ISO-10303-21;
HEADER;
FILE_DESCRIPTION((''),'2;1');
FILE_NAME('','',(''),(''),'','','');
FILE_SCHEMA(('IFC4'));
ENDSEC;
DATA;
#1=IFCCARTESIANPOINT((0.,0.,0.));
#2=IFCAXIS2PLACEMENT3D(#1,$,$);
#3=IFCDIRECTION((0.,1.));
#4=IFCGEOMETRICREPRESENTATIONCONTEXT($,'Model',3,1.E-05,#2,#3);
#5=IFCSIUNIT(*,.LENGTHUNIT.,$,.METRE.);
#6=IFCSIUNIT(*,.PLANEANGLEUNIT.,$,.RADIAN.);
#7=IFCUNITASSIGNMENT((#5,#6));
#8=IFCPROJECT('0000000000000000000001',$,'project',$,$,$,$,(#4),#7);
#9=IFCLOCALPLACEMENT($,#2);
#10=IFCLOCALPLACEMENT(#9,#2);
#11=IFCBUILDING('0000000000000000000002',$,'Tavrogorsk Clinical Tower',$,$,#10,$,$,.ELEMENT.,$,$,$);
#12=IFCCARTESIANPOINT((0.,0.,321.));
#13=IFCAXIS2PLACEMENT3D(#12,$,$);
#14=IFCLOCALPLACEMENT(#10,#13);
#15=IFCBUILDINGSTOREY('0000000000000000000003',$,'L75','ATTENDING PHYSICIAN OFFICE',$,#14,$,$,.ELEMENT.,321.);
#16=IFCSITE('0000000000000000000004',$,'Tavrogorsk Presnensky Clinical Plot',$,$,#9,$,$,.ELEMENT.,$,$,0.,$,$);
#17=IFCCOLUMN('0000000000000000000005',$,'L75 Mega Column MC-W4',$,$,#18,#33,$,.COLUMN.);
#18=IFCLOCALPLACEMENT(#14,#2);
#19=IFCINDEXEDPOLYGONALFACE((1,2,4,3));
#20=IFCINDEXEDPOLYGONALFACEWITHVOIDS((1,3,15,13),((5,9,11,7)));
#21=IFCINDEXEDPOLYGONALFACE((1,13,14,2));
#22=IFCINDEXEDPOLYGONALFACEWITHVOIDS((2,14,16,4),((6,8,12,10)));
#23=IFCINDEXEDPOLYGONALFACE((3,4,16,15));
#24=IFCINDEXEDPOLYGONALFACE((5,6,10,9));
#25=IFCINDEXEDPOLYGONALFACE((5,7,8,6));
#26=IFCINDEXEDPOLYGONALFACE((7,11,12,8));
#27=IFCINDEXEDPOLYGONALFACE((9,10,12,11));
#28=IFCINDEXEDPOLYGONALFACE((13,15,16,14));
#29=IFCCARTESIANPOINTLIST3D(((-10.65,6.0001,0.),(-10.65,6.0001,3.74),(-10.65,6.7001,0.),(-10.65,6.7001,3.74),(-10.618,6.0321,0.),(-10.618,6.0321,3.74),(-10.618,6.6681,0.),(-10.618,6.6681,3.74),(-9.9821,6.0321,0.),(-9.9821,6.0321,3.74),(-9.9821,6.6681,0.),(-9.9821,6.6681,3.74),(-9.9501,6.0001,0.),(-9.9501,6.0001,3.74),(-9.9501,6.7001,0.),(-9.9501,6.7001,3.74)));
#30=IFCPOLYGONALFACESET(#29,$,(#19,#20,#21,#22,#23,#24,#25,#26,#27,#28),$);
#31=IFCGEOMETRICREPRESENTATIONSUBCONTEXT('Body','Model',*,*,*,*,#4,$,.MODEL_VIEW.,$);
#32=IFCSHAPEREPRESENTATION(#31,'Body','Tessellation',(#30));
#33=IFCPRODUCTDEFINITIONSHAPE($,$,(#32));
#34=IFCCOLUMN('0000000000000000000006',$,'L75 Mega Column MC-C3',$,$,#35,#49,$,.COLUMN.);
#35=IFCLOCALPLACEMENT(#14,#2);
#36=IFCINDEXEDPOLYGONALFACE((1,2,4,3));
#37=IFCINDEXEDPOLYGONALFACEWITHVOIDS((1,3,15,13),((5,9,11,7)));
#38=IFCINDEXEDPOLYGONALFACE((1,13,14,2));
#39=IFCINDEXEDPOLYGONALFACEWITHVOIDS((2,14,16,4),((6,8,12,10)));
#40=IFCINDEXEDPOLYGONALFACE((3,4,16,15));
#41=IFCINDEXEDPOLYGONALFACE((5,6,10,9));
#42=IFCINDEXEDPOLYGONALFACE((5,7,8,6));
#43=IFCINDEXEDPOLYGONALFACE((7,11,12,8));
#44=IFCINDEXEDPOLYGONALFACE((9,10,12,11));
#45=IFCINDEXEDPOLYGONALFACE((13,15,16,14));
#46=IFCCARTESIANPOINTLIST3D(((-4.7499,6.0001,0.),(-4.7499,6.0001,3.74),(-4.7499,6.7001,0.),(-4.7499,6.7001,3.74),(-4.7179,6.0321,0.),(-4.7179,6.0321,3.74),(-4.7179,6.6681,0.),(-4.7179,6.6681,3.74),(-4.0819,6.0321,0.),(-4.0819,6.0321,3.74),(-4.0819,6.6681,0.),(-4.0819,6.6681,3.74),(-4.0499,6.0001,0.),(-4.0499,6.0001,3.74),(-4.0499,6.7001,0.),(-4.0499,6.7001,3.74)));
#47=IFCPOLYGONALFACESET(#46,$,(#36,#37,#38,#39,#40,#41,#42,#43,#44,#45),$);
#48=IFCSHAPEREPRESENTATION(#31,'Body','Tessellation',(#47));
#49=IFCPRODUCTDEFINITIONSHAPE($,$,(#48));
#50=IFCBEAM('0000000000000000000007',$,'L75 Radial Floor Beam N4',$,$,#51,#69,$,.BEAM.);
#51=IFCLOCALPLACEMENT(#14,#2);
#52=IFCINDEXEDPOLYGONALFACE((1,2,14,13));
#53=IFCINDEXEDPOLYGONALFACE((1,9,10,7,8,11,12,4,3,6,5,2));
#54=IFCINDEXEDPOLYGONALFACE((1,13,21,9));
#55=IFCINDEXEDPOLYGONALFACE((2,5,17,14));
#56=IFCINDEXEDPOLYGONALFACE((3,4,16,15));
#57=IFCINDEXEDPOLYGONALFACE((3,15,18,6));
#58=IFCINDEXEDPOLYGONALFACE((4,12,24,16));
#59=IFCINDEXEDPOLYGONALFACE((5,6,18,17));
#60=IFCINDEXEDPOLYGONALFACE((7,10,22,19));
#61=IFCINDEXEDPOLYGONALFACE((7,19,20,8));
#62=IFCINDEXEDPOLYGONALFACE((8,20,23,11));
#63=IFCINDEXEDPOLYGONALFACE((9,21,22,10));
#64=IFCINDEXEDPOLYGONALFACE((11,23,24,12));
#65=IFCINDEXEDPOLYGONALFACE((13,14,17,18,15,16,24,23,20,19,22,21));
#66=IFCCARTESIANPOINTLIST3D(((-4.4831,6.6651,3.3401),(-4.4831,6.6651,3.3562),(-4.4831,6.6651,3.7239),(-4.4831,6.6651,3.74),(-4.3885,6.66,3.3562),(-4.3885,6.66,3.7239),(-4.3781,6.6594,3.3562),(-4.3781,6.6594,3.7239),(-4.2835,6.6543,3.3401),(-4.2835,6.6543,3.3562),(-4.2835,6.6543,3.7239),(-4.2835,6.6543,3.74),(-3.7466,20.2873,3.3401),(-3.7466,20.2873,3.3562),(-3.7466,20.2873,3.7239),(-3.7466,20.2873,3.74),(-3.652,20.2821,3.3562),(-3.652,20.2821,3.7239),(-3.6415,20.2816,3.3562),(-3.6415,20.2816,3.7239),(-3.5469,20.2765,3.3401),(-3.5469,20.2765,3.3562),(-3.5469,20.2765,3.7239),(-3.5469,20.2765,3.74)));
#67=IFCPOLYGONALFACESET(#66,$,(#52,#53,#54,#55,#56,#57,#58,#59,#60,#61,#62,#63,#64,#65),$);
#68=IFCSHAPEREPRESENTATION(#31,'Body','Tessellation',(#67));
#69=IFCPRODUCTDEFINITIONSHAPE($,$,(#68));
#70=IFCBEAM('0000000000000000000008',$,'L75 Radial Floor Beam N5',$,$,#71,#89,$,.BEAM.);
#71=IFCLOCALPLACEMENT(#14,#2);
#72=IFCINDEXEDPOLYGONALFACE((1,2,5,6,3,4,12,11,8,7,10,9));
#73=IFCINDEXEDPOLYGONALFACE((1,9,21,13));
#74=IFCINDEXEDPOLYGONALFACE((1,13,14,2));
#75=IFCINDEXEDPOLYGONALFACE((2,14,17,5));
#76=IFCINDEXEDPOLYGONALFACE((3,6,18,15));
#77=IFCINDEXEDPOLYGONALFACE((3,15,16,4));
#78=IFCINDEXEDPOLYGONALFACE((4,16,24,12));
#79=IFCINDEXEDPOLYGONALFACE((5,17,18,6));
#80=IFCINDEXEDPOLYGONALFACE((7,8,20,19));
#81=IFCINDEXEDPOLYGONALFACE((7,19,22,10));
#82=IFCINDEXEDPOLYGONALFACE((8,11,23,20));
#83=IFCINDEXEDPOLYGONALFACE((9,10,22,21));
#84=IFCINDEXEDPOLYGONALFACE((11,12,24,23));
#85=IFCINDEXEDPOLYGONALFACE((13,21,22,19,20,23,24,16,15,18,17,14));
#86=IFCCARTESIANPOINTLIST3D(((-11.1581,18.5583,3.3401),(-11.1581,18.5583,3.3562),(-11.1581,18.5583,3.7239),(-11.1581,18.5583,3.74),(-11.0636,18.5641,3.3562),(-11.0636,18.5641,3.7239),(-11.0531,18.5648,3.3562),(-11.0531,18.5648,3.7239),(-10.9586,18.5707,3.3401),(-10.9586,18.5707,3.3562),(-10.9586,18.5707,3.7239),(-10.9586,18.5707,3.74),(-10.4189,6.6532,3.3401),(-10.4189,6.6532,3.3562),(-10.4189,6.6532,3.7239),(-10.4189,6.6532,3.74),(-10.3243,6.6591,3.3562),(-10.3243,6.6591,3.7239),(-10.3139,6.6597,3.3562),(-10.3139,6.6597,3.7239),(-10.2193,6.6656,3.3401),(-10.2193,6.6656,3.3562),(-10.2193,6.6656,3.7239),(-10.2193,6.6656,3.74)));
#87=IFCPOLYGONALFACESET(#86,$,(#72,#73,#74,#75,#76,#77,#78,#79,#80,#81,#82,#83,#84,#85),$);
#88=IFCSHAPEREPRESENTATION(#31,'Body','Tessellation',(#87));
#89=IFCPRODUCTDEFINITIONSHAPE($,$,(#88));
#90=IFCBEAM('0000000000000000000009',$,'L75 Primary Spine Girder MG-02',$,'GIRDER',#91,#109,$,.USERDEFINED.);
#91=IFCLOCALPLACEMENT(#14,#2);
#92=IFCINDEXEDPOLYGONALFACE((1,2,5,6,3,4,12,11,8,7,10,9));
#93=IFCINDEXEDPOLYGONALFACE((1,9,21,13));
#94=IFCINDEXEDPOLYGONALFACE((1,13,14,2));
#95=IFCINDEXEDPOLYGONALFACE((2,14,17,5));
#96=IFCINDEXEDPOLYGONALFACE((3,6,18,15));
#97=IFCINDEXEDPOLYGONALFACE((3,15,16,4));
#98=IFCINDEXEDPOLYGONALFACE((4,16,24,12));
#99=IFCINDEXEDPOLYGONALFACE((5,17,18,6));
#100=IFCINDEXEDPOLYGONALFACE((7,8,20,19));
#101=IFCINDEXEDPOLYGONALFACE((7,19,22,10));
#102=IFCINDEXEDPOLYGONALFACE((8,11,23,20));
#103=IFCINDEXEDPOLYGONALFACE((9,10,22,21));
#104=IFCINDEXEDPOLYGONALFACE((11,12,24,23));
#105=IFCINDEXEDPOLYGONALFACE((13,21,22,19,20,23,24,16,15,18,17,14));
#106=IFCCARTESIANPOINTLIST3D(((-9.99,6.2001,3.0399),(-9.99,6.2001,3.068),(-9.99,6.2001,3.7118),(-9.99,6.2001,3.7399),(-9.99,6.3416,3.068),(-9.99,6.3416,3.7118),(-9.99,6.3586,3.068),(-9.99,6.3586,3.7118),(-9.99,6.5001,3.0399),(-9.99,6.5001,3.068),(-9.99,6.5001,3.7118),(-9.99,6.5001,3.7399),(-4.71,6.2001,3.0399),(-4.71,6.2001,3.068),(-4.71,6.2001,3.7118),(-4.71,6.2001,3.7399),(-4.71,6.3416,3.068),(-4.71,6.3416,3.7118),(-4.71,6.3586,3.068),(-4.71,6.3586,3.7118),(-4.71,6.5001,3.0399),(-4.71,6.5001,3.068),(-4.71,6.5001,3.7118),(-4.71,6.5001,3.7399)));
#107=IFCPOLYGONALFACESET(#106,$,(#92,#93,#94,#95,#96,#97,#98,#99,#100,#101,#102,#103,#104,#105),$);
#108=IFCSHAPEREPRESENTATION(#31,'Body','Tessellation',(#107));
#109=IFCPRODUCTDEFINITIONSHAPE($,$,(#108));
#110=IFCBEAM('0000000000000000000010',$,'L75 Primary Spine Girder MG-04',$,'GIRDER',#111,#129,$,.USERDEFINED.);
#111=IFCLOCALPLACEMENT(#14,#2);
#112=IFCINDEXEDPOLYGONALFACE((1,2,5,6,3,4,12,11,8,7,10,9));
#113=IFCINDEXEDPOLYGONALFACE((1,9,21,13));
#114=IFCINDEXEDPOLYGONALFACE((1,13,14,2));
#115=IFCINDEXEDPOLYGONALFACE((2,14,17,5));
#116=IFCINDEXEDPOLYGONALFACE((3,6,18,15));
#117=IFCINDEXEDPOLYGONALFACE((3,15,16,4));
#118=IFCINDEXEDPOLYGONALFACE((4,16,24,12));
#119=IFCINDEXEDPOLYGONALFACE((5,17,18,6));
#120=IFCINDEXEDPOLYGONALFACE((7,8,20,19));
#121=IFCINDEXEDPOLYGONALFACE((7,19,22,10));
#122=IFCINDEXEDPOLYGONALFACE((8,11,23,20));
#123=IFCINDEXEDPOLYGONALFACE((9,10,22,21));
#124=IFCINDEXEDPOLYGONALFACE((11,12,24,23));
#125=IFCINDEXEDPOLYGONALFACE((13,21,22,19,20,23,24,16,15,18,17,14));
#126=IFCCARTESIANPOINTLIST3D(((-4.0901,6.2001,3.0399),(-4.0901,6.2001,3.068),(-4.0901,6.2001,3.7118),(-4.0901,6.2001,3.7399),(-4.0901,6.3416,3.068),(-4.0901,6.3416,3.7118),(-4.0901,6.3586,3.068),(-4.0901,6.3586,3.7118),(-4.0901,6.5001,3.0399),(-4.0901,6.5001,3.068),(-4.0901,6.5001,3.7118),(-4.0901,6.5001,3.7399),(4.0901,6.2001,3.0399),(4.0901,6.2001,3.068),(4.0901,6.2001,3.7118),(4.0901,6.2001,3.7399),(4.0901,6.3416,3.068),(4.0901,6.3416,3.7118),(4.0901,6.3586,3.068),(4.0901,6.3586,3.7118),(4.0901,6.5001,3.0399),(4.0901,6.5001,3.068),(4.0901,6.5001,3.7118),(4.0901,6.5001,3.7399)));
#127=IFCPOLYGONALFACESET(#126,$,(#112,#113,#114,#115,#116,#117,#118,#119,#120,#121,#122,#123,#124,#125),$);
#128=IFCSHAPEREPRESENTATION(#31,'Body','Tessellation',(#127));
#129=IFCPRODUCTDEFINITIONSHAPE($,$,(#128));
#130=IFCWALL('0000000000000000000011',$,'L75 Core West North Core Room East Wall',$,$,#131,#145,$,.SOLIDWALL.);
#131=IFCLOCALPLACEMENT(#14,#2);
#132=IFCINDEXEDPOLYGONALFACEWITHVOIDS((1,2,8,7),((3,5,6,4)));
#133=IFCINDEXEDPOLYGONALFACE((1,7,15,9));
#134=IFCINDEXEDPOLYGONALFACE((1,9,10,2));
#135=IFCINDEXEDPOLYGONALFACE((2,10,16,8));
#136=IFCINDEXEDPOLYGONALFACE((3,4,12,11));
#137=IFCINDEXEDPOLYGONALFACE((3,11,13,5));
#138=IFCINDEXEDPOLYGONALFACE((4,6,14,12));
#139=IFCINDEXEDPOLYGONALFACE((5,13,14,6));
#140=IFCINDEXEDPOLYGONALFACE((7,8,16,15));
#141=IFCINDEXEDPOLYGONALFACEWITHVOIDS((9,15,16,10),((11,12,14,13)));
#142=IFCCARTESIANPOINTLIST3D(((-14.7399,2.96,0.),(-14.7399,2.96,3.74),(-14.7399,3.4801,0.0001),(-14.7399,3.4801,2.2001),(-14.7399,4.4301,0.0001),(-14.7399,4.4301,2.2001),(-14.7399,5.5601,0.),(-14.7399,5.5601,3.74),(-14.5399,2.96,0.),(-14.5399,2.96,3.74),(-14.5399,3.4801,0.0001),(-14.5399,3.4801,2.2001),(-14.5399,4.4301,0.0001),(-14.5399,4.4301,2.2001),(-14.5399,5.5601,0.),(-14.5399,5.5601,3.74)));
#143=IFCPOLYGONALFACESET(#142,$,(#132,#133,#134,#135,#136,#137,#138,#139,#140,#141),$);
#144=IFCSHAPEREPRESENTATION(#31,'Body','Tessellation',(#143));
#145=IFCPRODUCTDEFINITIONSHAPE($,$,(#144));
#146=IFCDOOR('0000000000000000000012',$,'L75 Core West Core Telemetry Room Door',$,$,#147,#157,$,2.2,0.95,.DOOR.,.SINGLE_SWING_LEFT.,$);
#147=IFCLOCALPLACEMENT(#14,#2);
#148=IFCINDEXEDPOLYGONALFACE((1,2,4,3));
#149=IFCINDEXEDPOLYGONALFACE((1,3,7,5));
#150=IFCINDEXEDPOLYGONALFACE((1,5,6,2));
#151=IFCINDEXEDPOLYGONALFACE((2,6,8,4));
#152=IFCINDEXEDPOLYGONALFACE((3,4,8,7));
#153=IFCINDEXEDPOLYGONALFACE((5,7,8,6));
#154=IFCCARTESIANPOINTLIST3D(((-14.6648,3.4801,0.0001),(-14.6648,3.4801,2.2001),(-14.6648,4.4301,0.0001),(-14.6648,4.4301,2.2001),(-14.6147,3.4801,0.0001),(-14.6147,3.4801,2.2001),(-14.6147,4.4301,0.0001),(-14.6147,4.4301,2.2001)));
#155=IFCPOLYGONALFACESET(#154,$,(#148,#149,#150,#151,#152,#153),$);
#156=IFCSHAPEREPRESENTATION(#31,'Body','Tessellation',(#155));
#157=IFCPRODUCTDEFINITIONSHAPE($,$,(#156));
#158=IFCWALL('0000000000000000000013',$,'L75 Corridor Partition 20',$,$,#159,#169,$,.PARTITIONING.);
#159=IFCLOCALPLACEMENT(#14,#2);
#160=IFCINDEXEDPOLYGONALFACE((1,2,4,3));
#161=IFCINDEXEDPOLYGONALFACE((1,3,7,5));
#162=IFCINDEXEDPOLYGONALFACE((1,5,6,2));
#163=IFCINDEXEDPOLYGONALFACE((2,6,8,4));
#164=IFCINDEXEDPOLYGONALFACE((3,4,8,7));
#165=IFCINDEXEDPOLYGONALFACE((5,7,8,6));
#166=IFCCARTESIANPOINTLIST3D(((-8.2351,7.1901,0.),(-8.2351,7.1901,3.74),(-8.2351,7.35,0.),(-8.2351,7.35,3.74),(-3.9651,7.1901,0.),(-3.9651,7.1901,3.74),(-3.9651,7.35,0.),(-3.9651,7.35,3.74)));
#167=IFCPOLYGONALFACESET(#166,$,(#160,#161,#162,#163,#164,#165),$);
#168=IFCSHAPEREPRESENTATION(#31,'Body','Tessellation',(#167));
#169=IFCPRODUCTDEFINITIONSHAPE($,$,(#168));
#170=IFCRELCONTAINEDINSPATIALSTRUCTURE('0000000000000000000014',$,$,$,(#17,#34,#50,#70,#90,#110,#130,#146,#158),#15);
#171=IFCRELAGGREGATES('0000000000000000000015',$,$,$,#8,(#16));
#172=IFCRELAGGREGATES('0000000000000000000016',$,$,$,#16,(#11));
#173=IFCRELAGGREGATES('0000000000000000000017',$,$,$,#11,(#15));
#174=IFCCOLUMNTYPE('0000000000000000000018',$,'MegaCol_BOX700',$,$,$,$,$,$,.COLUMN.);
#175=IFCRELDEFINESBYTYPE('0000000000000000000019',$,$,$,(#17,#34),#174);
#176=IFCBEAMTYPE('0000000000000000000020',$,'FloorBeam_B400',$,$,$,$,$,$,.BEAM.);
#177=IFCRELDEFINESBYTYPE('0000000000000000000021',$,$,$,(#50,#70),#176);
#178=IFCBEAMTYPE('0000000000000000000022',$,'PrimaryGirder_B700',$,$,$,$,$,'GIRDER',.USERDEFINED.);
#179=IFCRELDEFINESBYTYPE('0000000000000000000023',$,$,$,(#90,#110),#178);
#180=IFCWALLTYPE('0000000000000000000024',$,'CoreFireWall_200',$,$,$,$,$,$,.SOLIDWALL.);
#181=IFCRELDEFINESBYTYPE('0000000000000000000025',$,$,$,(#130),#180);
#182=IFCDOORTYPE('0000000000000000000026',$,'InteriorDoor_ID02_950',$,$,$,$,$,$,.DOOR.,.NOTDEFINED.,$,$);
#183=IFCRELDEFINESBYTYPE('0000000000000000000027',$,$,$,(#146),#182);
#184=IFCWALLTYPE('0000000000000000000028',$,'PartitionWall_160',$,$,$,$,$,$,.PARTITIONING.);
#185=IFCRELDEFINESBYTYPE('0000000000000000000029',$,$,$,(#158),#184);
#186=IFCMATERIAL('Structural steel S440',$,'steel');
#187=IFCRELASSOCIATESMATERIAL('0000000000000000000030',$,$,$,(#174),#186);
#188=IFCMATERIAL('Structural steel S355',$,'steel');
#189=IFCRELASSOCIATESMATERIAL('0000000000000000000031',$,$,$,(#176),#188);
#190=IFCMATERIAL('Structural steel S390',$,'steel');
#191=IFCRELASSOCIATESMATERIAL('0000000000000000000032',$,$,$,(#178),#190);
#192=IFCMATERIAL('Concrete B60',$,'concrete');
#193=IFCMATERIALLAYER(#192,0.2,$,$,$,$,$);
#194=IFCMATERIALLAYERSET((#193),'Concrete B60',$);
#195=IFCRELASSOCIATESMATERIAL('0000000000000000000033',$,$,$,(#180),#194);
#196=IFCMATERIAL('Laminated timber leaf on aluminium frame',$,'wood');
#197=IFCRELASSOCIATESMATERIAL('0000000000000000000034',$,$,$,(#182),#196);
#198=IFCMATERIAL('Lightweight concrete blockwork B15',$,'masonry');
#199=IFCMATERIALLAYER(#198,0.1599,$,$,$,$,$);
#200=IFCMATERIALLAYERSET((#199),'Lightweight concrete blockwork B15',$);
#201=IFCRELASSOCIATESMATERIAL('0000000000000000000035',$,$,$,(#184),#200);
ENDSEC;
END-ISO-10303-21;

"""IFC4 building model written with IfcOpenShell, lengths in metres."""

from ifc_helpers import new_model, si_unit, direction, frame, frame_2d, origin, origin_2d, place, context, subcontext, project, spatial, rectangle, hollow_rectangle, i_section, extrude, material, layer, layer_set, material_profile, profile_set, type_object, element, fill, save


model = new_model("IFC4")

# Units and contexts
model_context = context("Model", 3, precision=1e-05, world=origin(), true_north=direction((0.0, 1.0)))
body_context = subcontext(model_context, "Body", "Model", "MODEL_VIEW")
ifc_project = project(units=[si_unit("LENGTHUNIT", "METRE"), si_unit("PLANEANGLEUNIT", "RADIAN")], contexts=[model_context])

# Site, building, storey
site_placement = place(None, origin())
site = spatial("IfcSite", under=ifc_project, at=site_placement, Name="Tavrogorsk Presnensky Clinical Plot", CompositionType="ELEMENT", RefElevation=0.0)
building_placement = place(site_placement, origin())
building = spatial("IfcBuilding", under=site, at=building_placement, Name="Tavrogorsk Clinical Tower", CompositionType="ELEMENT")
storey_placement = place(building_placement, frame((0.0, 0.0, 321.0)))
storey = spatial("IfcBuildingStorey", under=building, at=storey_placement, Name="L75", Description="ATTENDING PHYSICIAN OFFICE", CompositionType="ELEMENT", Elevation=321.0)

# Columns
ifc_material_1 = material(Name="Structural steel S440", Category="steel")
ifc_material_profile_1 = material_profile(ifc_material_1, hollow_rectangle(XDim=0.7, YDim=0.7, WallThickness=0.032, at=origin_2d()), Name="BOX-700x700x32")
ifc_profile_set_1 = profile_set([ifc_material_profile_1], Name="Structural steel S440")
column_type = type_object("IfcColumnType", Name="MegaCol_BOX700", PredefinedType="COLUMN", material=ifc_profile_set_1)
for number, where, z_axis, x_axis, name in (
    (1, (-10.3, 6.3501, 0.0), (0.0, 0.0, 1.0), (1.0, 0.0, 0.0), "L75 Mega Column MC-W4"),
    (2, (-4.3999, 6.3501, 0.0), (0.0, 0.0, 1.0), (1.0, 0.0, 0.0), "L75 Mega Column MC-C3"),
):
    element("IfcColumn", number, at=place(storey_placement, frame(where, z_axis=z_axis, x_axis=x_axis)), inside=storey, type_object=column_type, Name=name, PredefinedType="COLUMN", context=body_context, shape_type="SweptSolid", body=[
        extrude(hollow_rectangle(XDim=0.7, YDim=0.7, WallThickness=0.032, at=origin_2d()), origin(), (0.0, 0.0, 1.0), 3.74),
    ])

# Beams
ifc_material_2 = material(Name="Structural steel S355", Category="steel")
ifc_material_profile_2 = material_profile(ifc_material_2, i_section(OverallWidth=0.2, OverallDepth=0.3999, WebThickness=0.0105, FlangeThickness=0.0161, at=origin_2d()), Name="B-400x200x10.5x16")
ifc_profile_set_2 = profile_set([ifc_material_profile_2], Name="Structural steel S355")
beam_type_1 = type_object("IfcBeamType", Name="FloorBeam_B400", PredefinedType="BEAM", material=ifc_profile_set_2)
beam_1_placement = place(storey_placement, frame((-4.3833, 6.6597, 3.54), z_axis=(0.053993, 0.998541, 0.0), x_axis=(-0.998541, 0.053993, 0.0)))
element("IfcBeam", 3, at=beam_1_placement, inside=storey, type_object=beam_type_1, Name="L75 Radial Floor Beam N4", PredefinedType="BEAM", context=body_context, shape_type="SweptSolid", body=[
    extrude(i_section(OverallWidth=0.2, OverallDepth=0.3999, WebThickness=0.0105, FlangeThickness=0.0161, at=origin_2d()), origin(), (0.0, 0.0, 1.0), 13.6421),
])
beam_2_placement = place(storey_placement, frame((-10.3191, 6.6594, 3.54), z_axis=(-0.061977, 0.998078, 0.0), x_axis=(-0.998078, -0.061977, 0.0)))
element("IfcBeam", 4, at=beam_2_placement, inside=storey, type_object=beam_type_1, Name="L75 Radial Floor Beam N5", PredefinedType="BEAM", context=body_context, shape_type="SweptSolid", body=[
    extrude(i_section(OverallWidth=0.2, OverallDepth=0.3999, WebThickness=0.0105, FlangeThickness=0.0161, at=origin_2d()), origin(), (0.0, 0.0, 1.0), 11.928),
])
ifc_material_3 = material(Name="Structural steel S390", Category="steel")
ifc_material_profile_3 = material_profile(ifc_material_3, i_section(OverallWidth=0.3, OverallDepth=0.7, WebThickness=0.0171, FlangeThickness=0.0281, at=origin_2d()), Name="B-700x300x17x28")
ifc_profile_set_3 = profile_set([ifc_material_profile_3], Name="Structural steel S390")
beam_type_2 = type_object("IfcBeamType", Name="PrimaryGirder_B700", ElementType="GIRDER", PredefinedType="USERDEFINED", material=ifc_profile_set_3)
beam_3_placement = place(storey_placement, frame((-9.99, 6.3501, 3.3899), z_axis=(1.0, 0.0, 0.0), x_axis=(0.0, 1.0, 0.0)))
element("IfcBeam", 5, at=beam_3_placement, inside=storey, type_object=beam_type_2, Name="L75 Primary Spine Girder MG-02", ObjectType="GIRDER", PredefinedType="USERDEFINED", context=body_context, shape_type="SweptSolid", body=[
    extrude(i_section(OverallWidth=0.3, OverallDepth=0.7, WebThickness=0.0171, FlangeThickness=0.0281, at=origin_2d()), origin(), (0.0, 0.0, 1.0), 5.28),
])
beam_4_placement = place(storey_placement, frame((-4.0901, 6.3501, 3.3899), z_axis=(1.0, 0.0, 0.0), x_axis=(0.0, 1.0, 0.0)))
element("IfcBeam", 6, at=beam_4_placement, inside=storey, type_object=beam_type_2, Name="L75 Primary Spine Girder MG-04", ObjectType="GIRDER", PredefinedType="USERDEFINED", context=body_context, shape_type="SweptSolid", body=[
    extrude(i_section(OverallWidth=0.3, OverallDepth=0.7, WebThickness=0.0171, FlangeThickness=0.0281, at=origin_2d()), origin(), (0.0, 0.0, 1.0), 8.1802),
])

# Wall, opening, door
ifc_material_4 = material(Name="Concrete B60", Category="concrete")
ifc_layer_1 = layer(ifc_material_4, 0.2)
ifc_layer_set_1 = layer_set([ifc_layer_1], Name="Concrete B60")
wall_type_1 = type_object("IfcWallType", Name="CoreFireWall_200", PredefinedType="SOLIDWALL", material=ifc_layer_set_1)
wall_1_placement = place(storey_placement, frame((-14.6399, 2.96, 0.0), z_axis=(0.0, 0.0, 1.0), x_axis=(0.0, 1.0, 0.0)))
wall_1 = element("IfcWall", 7, at=wall_1_placement, inside=storey, type_object=wall_type_1, Name="L75 Core West North Core Room East Wall", PredefinedType="SOLIDWALL", context=body_context, shape_type="SweptSolid", body=[
    extrude(rectangle(XDim=2.6001, YDim=0.2, at=frame_2d((1.3, 0.0))), origin(), (0.0, 0.0, 1.0), 3.74),
])
opening_1_placement = place(wall_1_placement, frame((0.52, 0.0, 0.0)))
opening_1 = element("IfcOpeningElement", 8, at=opening_1_placement, cuts=wall_1, PredefinedType="OPENING", context=body_context, shape_type="SweptSolid", body=[
    extrude(rectangle(XDim=0.95, YDim=2.2, at=frame_2d((0.4751, 1.1001))), frame((0.0, 0.1099, 0.0), z_axis=(0.0, -1.0, 0.0), x_axis=(1.0, 0.0, 0.0)), (0.0, 0.0, 1.0), 0.22),
])
ifc_material_5 = material(Name="Laminated timber leaf on aluminium frame", Category="wood")
door_type_1 = type_object("IfcDoorType", Name="InteriorDoor_ID02_950", OperationType="NOTDEFINED", PredefinedType="DOOR", material=ifc_material_5)
door_1_placement = place(opening_1_placement, origin())
door_1 = element("IfcDoor", 9, at=door_1_placement, inside=storey, type_object=door_type_1, Name="L75 Core West Core Telemetry Room Door", OperationType="SINGLE_SWING_LEFT", OverallHeight=2.2, OverallWidth=0.95, PredefinedType="DOOR", context=body_context, shape_type="SweptSolid", body=[
    extrude(rectangle(XDim=0.95, YDim=2.2, at=frame_2d((0.4751, 1.1001))), frame((0.0, 0.0249, 0.0), z_axis=(0.0, -1.0, 0.0), x_axis=(1.0, 0.0, 0.0)), (0.0, 0.0, 1.0), 0.05),
])
fill(opening_1, door_1)

# Wall
ifc_material_6 = material(Name="Lightweight concrete blockwork B15", Category="masonry")
ifc_layer_2 = layer(ifc_material_6, 0.1599)
ifc_layer_set_2 = layer_set([ifc_layer_2], Name="Lightweight concrete blockwork B15")
wall_type_2 = type_object("IfcWallType", Name="PartitionWall_160", PredefinedType="PARTITIONING", material=ifc_layer_set_2)
wall_2_placement = place(storey_placement, frame((-3.9651, 7.27, 0.0), z_axis=(0.0, 0.0, 1.0), x_axis=(-1.0, 0.0, 0.0)))
element("IfcWall", 10, at=wall_2_placement, inside=storey, type_object=wall_type_2, Name="L75 Corridor Partition 20", PredefinedType="PARTITIONING", context=body_context, shape_type="SweptSolid", body=[
    extrude(rectangle(XDim=4.27, YDim=0.1599, at=frame_2d((2.135, 0.0))), origin(), (0.0, 0.0, 1.0), 3.74),
])

save(model, "model.ifc")
